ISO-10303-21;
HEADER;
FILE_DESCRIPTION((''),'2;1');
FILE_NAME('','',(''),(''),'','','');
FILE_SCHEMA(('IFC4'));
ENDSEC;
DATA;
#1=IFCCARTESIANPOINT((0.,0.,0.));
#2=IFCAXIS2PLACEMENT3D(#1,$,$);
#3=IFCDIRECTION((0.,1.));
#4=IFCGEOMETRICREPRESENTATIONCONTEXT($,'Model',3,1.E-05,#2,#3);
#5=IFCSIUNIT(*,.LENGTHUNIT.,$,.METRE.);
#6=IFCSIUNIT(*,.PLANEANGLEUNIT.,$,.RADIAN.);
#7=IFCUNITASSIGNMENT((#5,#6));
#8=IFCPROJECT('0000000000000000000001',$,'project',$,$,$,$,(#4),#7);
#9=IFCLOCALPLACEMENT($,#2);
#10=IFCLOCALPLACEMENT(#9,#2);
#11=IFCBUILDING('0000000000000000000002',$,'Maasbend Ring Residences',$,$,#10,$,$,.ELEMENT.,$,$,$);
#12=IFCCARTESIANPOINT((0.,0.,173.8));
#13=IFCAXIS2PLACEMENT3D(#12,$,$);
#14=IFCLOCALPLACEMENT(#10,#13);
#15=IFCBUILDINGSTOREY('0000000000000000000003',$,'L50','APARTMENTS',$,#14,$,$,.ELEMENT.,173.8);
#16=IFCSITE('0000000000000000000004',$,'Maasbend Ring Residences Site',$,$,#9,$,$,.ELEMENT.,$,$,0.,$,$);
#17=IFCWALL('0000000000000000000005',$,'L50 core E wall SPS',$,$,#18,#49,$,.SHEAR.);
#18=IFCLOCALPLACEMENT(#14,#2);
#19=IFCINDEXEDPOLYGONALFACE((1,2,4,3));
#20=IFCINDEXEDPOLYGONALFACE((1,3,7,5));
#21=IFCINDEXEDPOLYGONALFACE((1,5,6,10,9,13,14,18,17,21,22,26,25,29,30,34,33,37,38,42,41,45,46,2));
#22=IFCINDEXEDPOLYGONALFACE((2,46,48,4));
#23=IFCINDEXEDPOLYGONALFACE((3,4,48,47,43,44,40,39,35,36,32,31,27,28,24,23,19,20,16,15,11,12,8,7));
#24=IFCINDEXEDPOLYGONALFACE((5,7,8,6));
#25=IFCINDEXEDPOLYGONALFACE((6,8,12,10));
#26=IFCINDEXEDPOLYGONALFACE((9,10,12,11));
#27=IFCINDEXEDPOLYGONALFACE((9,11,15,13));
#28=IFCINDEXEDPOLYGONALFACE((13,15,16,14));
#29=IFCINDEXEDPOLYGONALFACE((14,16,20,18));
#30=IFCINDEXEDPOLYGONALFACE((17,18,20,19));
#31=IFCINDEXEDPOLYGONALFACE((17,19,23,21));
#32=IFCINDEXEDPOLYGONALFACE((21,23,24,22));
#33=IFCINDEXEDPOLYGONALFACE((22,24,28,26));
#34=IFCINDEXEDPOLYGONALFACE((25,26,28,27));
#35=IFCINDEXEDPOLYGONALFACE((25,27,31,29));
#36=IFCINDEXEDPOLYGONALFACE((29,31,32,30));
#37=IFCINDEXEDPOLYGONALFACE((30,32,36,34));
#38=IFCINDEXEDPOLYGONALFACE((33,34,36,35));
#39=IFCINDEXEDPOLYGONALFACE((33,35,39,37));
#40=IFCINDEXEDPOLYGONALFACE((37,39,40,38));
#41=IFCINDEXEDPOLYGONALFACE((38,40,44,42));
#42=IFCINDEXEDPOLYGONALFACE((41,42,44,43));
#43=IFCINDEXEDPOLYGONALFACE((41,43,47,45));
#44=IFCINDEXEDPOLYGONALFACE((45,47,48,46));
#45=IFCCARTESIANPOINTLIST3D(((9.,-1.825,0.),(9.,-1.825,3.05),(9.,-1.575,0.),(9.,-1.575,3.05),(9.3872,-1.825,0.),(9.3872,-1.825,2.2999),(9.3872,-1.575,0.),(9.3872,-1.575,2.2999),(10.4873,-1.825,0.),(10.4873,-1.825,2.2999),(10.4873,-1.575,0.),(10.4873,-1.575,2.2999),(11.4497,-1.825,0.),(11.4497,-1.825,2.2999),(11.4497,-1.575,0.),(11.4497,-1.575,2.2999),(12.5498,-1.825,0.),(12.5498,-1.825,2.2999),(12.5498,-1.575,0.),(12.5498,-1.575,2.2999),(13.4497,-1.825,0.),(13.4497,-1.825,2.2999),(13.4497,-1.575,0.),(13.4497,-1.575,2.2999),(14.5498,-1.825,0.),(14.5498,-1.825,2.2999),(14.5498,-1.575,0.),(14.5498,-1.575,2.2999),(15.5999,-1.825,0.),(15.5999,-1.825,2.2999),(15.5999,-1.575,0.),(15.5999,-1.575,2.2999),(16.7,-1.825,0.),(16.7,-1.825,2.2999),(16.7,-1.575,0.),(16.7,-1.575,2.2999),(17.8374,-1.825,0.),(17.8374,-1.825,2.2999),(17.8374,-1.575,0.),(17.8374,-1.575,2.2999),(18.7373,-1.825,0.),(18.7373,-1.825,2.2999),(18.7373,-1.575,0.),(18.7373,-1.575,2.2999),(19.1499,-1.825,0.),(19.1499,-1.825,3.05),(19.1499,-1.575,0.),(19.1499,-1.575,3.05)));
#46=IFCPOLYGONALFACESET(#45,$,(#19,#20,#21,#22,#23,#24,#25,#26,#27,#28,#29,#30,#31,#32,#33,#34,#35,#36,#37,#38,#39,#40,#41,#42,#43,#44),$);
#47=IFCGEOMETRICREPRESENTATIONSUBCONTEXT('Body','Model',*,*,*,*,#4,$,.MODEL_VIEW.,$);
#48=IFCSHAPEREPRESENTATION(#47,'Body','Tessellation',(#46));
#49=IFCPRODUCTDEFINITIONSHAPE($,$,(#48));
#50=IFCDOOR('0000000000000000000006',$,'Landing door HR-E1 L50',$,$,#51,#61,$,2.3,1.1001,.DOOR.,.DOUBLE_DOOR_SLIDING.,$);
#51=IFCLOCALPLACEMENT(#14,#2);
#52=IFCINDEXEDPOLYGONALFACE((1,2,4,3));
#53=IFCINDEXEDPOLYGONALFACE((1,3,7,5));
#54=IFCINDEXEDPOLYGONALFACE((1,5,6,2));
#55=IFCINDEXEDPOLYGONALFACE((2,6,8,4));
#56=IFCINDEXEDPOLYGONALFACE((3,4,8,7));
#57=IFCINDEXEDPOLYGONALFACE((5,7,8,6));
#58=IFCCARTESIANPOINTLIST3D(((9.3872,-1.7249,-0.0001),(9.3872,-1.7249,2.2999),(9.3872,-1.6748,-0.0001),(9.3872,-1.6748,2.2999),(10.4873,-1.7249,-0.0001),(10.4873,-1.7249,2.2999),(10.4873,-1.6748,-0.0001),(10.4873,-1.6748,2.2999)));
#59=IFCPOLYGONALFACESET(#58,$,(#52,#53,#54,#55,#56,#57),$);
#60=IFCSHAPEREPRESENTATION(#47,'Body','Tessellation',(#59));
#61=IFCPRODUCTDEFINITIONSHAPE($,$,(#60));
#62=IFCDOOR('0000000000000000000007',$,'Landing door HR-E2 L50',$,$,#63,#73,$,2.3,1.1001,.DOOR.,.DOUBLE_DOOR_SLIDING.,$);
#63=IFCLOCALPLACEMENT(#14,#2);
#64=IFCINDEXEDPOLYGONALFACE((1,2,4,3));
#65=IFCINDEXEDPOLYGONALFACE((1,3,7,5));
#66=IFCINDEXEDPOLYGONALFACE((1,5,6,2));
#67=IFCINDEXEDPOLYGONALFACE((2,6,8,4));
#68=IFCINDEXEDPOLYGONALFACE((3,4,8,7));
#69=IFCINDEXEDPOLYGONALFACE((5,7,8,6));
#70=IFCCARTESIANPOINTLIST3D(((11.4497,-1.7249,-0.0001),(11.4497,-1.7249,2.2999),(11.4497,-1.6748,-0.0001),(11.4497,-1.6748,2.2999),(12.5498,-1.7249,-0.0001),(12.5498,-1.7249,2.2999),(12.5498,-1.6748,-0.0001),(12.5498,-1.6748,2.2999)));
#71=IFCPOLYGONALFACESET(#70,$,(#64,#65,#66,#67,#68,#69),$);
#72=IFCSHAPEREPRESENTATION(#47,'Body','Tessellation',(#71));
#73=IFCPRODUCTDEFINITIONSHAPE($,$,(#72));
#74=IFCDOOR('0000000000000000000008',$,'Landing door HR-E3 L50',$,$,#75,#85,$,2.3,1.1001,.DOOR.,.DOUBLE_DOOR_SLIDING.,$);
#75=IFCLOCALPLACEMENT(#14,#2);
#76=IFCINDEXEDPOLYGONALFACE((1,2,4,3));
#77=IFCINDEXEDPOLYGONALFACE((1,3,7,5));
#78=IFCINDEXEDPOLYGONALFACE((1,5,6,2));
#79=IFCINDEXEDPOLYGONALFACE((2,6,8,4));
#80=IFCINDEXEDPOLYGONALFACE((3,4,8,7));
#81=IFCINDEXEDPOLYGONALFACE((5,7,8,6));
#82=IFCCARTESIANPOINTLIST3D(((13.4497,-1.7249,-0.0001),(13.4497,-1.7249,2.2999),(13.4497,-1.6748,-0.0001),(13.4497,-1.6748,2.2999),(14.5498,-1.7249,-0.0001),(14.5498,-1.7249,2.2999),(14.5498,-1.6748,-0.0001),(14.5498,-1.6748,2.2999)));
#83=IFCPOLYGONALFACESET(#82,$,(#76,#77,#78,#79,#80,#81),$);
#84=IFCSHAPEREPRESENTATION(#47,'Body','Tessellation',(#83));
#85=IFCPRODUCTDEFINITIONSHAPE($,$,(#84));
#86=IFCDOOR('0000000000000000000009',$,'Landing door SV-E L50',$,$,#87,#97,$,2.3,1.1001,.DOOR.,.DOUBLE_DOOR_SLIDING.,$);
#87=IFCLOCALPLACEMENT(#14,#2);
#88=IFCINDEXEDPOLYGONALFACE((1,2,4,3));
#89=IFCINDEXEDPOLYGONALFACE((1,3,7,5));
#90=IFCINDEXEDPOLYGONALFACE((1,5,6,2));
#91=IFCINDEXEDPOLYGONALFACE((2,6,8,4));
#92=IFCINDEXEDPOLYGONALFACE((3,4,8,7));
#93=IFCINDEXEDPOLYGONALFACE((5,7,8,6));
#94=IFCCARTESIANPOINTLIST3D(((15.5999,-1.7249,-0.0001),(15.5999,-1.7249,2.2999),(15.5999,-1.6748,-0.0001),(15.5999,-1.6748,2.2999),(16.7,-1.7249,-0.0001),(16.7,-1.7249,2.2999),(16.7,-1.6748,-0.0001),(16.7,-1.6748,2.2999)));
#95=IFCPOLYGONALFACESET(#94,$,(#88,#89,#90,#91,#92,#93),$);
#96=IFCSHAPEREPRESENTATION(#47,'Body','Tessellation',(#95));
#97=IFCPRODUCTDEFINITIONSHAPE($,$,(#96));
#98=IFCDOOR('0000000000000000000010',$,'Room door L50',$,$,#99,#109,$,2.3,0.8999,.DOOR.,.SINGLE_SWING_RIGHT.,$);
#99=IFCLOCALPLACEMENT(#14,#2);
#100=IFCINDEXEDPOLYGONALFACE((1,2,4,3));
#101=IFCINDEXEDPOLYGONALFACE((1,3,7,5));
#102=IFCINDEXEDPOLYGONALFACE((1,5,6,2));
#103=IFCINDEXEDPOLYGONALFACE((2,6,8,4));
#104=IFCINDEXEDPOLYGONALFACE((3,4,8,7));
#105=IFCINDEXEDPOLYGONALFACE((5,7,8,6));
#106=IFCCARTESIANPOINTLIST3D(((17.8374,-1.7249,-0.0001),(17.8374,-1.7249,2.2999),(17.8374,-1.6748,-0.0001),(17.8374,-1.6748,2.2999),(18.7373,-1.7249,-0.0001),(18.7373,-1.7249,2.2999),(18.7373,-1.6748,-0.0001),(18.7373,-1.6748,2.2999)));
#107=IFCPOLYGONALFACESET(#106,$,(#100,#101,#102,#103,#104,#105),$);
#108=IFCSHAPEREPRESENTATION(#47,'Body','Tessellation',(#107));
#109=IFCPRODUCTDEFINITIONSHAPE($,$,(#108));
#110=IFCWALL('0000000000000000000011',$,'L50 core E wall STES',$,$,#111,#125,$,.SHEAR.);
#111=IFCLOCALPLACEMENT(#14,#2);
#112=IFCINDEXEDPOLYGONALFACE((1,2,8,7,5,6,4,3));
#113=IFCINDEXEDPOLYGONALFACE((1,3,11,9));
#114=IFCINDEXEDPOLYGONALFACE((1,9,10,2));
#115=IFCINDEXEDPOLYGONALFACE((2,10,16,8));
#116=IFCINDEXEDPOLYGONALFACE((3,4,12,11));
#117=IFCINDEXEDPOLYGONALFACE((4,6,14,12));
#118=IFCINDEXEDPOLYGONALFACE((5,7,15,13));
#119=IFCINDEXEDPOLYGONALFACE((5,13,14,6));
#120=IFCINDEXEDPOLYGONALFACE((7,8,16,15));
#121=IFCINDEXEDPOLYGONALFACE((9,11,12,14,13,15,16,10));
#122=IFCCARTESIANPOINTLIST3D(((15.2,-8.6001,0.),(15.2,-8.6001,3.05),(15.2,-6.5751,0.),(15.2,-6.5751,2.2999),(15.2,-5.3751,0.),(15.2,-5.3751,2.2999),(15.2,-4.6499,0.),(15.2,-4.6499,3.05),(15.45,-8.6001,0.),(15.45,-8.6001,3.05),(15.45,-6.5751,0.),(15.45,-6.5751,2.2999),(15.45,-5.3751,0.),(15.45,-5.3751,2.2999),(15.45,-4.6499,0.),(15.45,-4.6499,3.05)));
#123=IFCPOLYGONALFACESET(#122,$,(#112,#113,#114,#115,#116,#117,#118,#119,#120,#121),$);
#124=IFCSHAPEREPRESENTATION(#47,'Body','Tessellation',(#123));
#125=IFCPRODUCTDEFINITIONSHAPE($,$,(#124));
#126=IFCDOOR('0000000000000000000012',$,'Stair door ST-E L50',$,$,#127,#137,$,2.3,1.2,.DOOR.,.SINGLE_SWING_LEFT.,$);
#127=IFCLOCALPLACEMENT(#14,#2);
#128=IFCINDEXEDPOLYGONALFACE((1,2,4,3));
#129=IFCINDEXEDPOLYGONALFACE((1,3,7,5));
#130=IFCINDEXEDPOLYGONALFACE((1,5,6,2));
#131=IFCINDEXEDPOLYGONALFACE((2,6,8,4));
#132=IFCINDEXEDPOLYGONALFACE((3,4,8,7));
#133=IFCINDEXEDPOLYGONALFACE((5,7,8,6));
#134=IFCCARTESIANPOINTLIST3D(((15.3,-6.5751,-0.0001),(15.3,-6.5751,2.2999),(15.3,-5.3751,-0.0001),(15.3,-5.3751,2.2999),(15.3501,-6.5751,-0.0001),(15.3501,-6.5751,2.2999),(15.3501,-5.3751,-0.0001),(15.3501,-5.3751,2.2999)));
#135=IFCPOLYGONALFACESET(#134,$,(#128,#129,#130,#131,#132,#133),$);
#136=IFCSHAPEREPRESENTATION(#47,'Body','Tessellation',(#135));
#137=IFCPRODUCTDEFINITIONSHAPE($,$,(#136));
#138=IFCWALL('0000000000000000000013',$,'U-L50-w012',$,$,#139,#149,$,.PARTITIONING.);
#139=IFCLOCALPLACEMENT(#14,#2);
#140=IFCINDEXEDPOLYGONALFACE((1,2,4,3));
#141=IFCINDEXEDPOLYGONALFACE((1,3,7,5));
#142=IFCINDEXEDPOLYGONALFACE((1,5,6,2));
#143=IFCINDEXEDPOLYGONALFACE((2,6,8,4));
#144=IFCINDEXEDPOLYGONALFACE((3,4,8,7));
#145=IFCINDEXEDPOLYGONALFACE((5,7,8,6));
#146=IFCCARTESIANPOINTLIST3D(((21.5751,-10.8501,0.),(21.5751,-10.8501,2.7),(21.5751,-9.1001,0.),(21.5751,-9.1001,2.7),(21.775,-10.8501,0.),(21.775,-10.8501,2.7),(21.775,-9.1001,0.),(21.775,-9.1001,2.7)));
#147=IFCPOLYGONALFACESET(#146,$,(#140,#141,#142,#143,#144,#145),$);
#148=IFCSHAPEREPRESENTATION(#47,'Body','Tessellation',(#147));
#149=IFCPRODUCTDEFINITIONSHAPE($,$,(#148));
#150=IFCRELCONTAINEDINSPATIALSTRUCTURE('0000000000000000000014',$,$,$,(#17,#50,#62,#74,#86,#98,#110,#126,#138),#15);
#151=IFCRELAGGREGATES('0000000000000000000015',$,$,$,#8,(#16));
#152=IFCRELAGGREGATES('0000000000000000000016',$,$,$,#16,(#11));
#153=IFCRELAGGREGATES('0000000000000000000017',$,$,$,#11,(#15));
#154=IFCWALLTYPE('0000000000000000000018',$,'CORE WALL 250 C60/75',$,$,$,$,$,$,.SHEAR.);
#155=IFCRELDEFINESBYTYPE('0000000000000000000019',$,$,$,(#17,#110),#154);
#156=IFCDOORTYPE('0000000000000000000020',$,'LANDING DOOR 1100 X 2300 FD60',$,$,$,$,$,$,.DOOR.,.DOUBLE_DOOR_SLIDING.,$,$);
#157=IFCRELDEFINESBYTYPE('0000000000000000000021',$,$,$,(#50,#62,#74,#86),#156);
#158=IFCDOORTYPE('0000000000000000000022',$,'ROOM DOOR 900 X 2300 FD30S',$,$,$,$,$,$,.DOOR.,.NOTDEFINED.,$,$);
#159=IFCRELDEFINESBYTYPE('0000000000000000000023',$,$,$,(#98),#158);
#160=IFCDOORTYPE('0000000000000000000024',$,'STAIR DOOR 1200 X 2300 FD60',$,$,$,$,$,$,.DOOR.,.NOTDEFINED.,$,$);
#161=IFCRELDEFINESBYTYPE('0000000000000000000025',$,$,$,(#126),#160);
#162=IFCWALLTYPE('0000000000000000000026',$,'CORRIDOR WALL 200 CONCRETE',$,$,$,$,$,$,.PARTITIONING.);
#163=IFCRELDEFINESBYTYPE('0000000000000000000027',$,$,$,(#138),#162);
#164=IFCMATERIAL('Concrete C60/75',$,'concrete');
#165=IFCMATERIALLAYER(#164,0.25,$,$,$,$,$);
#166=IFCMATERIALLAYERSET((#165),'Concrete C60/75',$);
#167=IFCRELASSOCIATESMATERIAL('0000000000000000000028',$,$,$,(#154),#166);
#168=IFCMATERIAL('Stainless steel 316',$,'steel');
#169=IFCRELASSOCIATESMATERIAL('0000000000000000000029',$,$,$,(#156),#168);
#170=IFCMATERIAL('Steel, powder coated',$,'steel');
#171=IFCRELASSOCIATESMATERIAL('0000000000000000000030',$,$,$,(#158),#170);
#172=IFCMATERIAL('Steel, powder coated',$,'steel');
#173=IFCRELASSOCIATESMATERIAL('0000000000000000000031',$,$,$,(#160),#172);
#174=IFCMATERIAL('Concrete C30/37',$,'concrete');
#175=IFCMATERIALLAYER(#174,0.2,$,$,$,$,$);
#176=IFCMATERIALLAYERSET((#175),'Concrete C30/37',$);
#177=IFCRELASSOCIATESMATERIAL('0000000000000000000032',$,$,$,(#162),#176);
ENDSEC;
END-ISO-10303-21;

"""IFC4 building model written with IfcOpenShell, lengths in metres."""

from ifc_helpers import new_model, si_unit, direction, frame, frame_2d, origin, place, context, subcontext, project, spatial, rectangle, extrude, material, layer, layer_set, type_object, element, fill, save


model = new_model("IFC4")

# Units and contexts
model_context = context("Model", 3, precision=1e-05, world=origin(), true_north=direction((0.0, 1.0)))
body_context = subcontext(model_context, "Body", "Model", "MODEL_VIEW")
ifc_project = project(units=[si_unit("LENGTHUNIT", "METRE"), si_unit("PLANEANGLEUNIT", "RADIAN")], contexts=[model_context])

# Site, building, storey
site_placement = place(None, origin())
site = spatial("IfcSite", under=ifc_project, at=site_placement, Name="Maasbend Ring Residences Site", CompositionType="ELEMENT", RefElevation=0.0)
building_placement = place(site_placement, origin())
building = spatial("IfcBuilding", under=site, at=building_placement, Name="Maasbend Ring Residences", CompositionType="ELEMENT")
storey_placement = place(building_placement, frame((0.0, 0.0, 173.8)))
storey = spatial("IfcBuildingStorey", under=building, at=storey_placement, Name="L50", Description="APARTMENTS", CompositionType="ELEMENT", Elevation=173.8)

# Wall, openings, doors
ifc_material_1 = material(Name="Concrete C60/75", Category="concrete")
ifc_layer_1 = layer(ifc_material_1, 0.25)
ifc_layer_set_1 = layer_set([ifc_layer_1], Name="Concrete C60/75")
wall_type_1 = type_object("IfcWallType", Name="CORE WALL 250 C60/75", PredefinedType="SHEAR", material=ifc_layer_set_1)
wall_1_placement = place(storey_placement, frame((19.1499, -1.7, 0.0), z_axis=(0.0, 0.0, 1.0), x_axis=(-1.0, 0.0, 0.0)))
wall_1 = element("IfcWall", 1, at=wall_1_placement, inside=storey, type_object=wall_type_1, Name="L50 core E wall SPS", PredefinedType="SHEAR", context=body_context, shape_type="SweptSolid", body=[
    extrude(rectangle(XDim=10.1499, YDim=0.25, at=frame_2d((5.075, 0.0))), origin(), (0.0, 0.0, 1.0), 3.05),
])
opening_1_placement = place(wall_1_placement, frame((8.6626, 0.0, 0.0)))
opening_1 = element("IfcOpeningElement", 2, at=opening_1_placement, cuts=wall_1, PredefinedType="OPENING", context=body_context, shape_type="SweptSolid", body=[
    extrude(rectangle(XDim=1.1001, YDim=2.3, at=frame_2d((0.55, 1.1499))), frame((0.0, 0.135, 0.0), z_axis=(0.0, -1.0, 0.0), x_axis=(1.0, 0.0, 0.0)), (0.0, 0.0, 1.0), 0.27),
])
opening_2_placement = place(wall_1_placement, frame((6.6001, 0.0, 0.0)))
opening_2 = element("IfcOpeningElement", 3, at=opening_2_placement, cuts=wall_1, PredefinedType="OPENING", context=body_context, shape_type="SweptSolid", body=[
    extrude(rectangle(XDim=1.1001, YDim=2.3, at=frame_2d((0.55, 1.1499))), frame((0.0, 0.135, 0.0), z_axis=(0.0, -1.0, 0.0), x_axis=(1.0, 0.0, 0.0)), (0.0, 0.0, 1.0), 0.27),
])
opening_3_placement = place(wall_1_placement, frame((4.6001, 0.0, 0.0)))
opening_3 = element("IfcOpeningElement", 4, at=opening_3_placement, cuts=wall_1, PredefinedType="OPENING", context=body_context, shape_type="SweptSolid", body=[
    extrude(rectangle(XDim=1.1001, YDim=2.3, at=frame_2d((0.55, 1.1499))), frame((0.0, 0.135, 0.0), z_axis=(0.0, -1.0, 0.0), x_axis=(1.0, 0.0, 0.0)), (0.0, 0.0, 1.0), 0.27),
])
opening_4_placement = place(wall_1_placement, frame((2.45, 0.0, 0.0)))
opening_4 = element("IfcOpeningElement", 5, at=opening_4_placement, cuts=wall_1, PredefinedType="OPENING", context=body_context, shape_type="SweptSolid", body=[
    extrude(rectangle(XDim=1.1001, YDim=2.3, at=frame_2d((0.55, 1.1499))), frame((0.0, 0.135, 0.0), z_axis=(0.0, -1.0, 0.0), x_axis=(1.0, 0.0, 0.0)), (0.0, 0.0, 1.0), 0.27),
])
opening_5_placement = place(wall_1_placement, frame((0.4126, 0.0, 0.0)))
opening_5 = element("IfcOpeningElement", 6, at=opening_5_placement, cuts=wall_1, PredefinedType="OPENING", context=body_context, shape_type="SweptSolid", body=[
    extrude(rectangle(XDim=0.8999, YDim=2.3, at=frame_2d((0.45, 1.1499))), frame((0.0, 0.135, 0.0), z_axis=(0.0, -1.0, 0.0), x_axis=(1.0, 0.0, 0.0)), (0.0, 0.0, 1.0), 0.27),
])
ifc_material_2 = material(Name="Stainless steel 316", Category="steel")
door_type_1 = type_object("IfcDoorType", Name="LANDING DOOR 1100 X 2300 FD60", OperationType="DOUBLE_DOOR_SLIDING", PredefinedType="DOOR", material=ifc_material_2)
door_1_placement = place(opening_1_placement, origin())
door_1 = element("IfcDoor", 7, at=door_1_placement, inside=storey, type_object=door_type_1, Name="Landing door HR-E1 L50", OperationType="DOUBLE_DOOR_SLIDING", OverallHeight=2.3, OverallWidth=1.1001, PredefinedType="DOOR", context=body_context, shape_type="SweptSolid", body=[
    extrude(rectangle(XDim=1.1001, YDim=2.3, at=frame_2d((0.55, 1.1499))), frame((0.0, 0.0249, 0.0), z_axis=(0.0, -1.0, 0.0), x_axis=(1.0, 0.0, 0.0)), (0.0, 0.0, 1.0), 0.05),
])
fill(opening_1, door_1)
door_2_placement = place(opening_2_placement, origin())
door_2 = element("IfcDoor", 8, at=door_2_placement, inside=storey, type_object=door_type_1, Name="Landing door HR-E2 L50", OperationType="DOUBLE_DOOR_SLIDING", OverallHeight=2.3, OverallWidth=1.1001, PredefinedType="DOOR", context=body_context, shape_type="SweptSolid", body=[
    extrude(rectangle(XDim=1.1001, YDim=2.3, at=frame_2d((0.55, 1.1499))), frame((0.0, 0.0249, 0.0), z_axis=(0.0, -1.0, 0.0), x_axis=(1.0, 0.0, 0.0)), (0.0, 0.0, 1.0), 0.05),
])
fill(opening_2, door_2)
door_3_placement = place(opening_3_placement, origin())
door_3 = element("IfcDoor", 9, at=door_3_placement, inside=storey, type_object=door_type_1, Name="Landing door HR-E3 L50", OperationType="DOUBLE_DOOR_SLIDING", OverallHeight=2.3, OverallWidth=1.1001, PredefinedType="DOOR", context=body_context, shape_type="SweptSolid", body=[
    extrude(rectangle(XDim=1.1001, YDim=2.3, at=frame_2d((0.55, 1.1499))), frame((0.0, 0.0249, 0.0), z_axis=(0.0, -1.0, 0.0), x_axis=(1.0, 0.0, 0.0)), (0.0, 0.0, 1.0), 0.05),
])
fill(opening_3, door_3)
door_4_placement = place(opening_4_placement, origin())
door_4 = element("IfcDoor", 10, at=door_4_placement, inside=storey, type_object=door_type_1, Name="Landing door SV-E L50", OperationType="DOUBLE_DOOR_SLIDING", OverallHeight=2.3, OverallWidth=1.1001, PredefinedType="DOOR", context=body_context, shape_type="SweptSolid", body=[
    extrude(rectangle(XDim=1.1001, YDim=2.3, at=frame_2d((0.55, 1.1499))), frame((0.0, 0.0249, 0.0), z_axis=(0.0, -1.0, 0.0), x_axis=(1.0, 0.0, 0.0)), (0.0, 0.0, 1.0), 0.05),
])
fill(opening_4, door_4)
ifc_material_3 = material(Name="Steel, powder coated", Category="steel")
door_type_2 = type_object("IfcDoorType", Name="ROOM DOOR 900 X 2300 FD30S", OperationType="NOTDEFINED", PredefinedType="DOOR", material=ifc_material_3)
door_5_placement = place(opening_5_placement, origin())
door_5 = element("IfcDoor", 11, at=door_5_placement, inside=storey, type_object=door_type_2, Name="Room door L50", OperationType="SINGLE_SWING_RIGHT", OverallHeight=2.3, OverallWidth=0.8999, PredefinedType="DOOR", context=body_context, shape_type="SweptSolid", body=[
    extrude(rectangle(XDim=0.8999, YDim=2.3, at=frame_2d((0.45, 1.1499))), frame((0.0, 0.0249, 0.0), z_axis=(0.0, -1.0, 0.0), x_axis=(1.0, 0.0, 0.0)), (0.0, 0.0, 1.0), 0.05),
])
fill(opening_5, door_5)

# Wall, opening, door
wall_2_placement = place(storey_placement, frame((15.325, -8.6001, 0.0), z_axis=(0.0, 0.0, 1.0), x_axis=(0.0, 1.0, 0.0)))
wall_2 = element("IfcWall", 12, at=wall_2_placement, inside=storey, type_object=wall_type_1, Name="L50 core E wall STES", PredefinedType="SHEAR", context=body_context, shape_type="SweptSolid", body=[
    extrude(rectangle(XDim=3.9502, YDim=0.25, at=frame_2d((1.9751, 0.0))), origin(), (0.0, 0.0, 1.0), 3.05),
])
opening_6_placement = place(wall_2_placement, frame((2.0249, 0.0, 0.0)))
opening_6 = element("IfcOpeningElement", 13, at=opening_6_placement, cuts=wall_2, PredefinedType="OPENING", context=body_context, shape_type="SweptSolid", body=[
    extrude(rectangle(XDim=1.2, YDim=2.3, at=frame_2d((0.6001, 1.1499))), frame((0.0, 0.135, 0.0), z_axis=(0.0, -1.0, 0.0), x_axis=(1.0, 0.0, 0.0)), (0.0, 0.0, 1.0), 0.27),
])
ifc_material_4 = material(Name="Steel, powder coated", Category="steel")
door_type_3 = type_object("IfcDoorType", Name="STAIR DOOR 1200 X 2300 FD60", OperationType="NOTDEFINED", PredefinedType="DOOR", material=ifc_material_4)
door_6_placement = place(opening_6_placement, origin())
door_6 = element("IfcDoor", 14, at=door_6_placement, inside=storey, type_object=door_type_3, Name="Stair door ST-E L50", OperationType="SINGLE_SWING_LEFT", OverallHeight=2.3, OverallWidth=1.2, PredefinedType="DOOR", context=body_context, shape_type="SweptSolid", body=[
    extrude(rectangle(XDim=1.2, YDim=2.3, at=frame_2d((0.6001, 1.1499))), frame((0.0, 0.0249, 0.0), z_axis=(0.0, -1.0, 0.0), x_axis=(1.0, 0.0, 0.0)), (0.0, 0.0, 1.0), 0.05),
])
fill(opening_6, door_6)

# Wall
ifc_material_5 = material(Name="Concrete C30/37", Category="concrete")
ifc_layer_2 = layer(ifc_material_5, 0.2)
ifc_layer_set_2 = layer_set([ifc_layer_2], Name="Concrete C30/37")
wall_type_2 = type_object("IfcWallType", Name="CORRIDOR WALL 200 CONCRETE", PredefinedType="PARTITIONING", material=ifc_layer_set_2)
wall_3_placement = place(storey_placement, frame((21.675, -10.8501, 0.0), z_axis=(0.0, 0.0, 1.0), x_axis=(0.0, 1.0, 0.0)))
element("IfcWall", 15, at=wall_3_placement, inside=storey, type_object=wall_type_2, Name="U-L50-w012", PredefinedType="PARTITIONING", context=body_context, shape_type="SweptSolid", body=[
    extrude(rectangle(XDim=1.75, YDim=0.2, at=frame_2d((0.875, 0.0))), origin(), (0.0, 0.0, 1.0), 2.7),
])

save(model, "model.ifc")
